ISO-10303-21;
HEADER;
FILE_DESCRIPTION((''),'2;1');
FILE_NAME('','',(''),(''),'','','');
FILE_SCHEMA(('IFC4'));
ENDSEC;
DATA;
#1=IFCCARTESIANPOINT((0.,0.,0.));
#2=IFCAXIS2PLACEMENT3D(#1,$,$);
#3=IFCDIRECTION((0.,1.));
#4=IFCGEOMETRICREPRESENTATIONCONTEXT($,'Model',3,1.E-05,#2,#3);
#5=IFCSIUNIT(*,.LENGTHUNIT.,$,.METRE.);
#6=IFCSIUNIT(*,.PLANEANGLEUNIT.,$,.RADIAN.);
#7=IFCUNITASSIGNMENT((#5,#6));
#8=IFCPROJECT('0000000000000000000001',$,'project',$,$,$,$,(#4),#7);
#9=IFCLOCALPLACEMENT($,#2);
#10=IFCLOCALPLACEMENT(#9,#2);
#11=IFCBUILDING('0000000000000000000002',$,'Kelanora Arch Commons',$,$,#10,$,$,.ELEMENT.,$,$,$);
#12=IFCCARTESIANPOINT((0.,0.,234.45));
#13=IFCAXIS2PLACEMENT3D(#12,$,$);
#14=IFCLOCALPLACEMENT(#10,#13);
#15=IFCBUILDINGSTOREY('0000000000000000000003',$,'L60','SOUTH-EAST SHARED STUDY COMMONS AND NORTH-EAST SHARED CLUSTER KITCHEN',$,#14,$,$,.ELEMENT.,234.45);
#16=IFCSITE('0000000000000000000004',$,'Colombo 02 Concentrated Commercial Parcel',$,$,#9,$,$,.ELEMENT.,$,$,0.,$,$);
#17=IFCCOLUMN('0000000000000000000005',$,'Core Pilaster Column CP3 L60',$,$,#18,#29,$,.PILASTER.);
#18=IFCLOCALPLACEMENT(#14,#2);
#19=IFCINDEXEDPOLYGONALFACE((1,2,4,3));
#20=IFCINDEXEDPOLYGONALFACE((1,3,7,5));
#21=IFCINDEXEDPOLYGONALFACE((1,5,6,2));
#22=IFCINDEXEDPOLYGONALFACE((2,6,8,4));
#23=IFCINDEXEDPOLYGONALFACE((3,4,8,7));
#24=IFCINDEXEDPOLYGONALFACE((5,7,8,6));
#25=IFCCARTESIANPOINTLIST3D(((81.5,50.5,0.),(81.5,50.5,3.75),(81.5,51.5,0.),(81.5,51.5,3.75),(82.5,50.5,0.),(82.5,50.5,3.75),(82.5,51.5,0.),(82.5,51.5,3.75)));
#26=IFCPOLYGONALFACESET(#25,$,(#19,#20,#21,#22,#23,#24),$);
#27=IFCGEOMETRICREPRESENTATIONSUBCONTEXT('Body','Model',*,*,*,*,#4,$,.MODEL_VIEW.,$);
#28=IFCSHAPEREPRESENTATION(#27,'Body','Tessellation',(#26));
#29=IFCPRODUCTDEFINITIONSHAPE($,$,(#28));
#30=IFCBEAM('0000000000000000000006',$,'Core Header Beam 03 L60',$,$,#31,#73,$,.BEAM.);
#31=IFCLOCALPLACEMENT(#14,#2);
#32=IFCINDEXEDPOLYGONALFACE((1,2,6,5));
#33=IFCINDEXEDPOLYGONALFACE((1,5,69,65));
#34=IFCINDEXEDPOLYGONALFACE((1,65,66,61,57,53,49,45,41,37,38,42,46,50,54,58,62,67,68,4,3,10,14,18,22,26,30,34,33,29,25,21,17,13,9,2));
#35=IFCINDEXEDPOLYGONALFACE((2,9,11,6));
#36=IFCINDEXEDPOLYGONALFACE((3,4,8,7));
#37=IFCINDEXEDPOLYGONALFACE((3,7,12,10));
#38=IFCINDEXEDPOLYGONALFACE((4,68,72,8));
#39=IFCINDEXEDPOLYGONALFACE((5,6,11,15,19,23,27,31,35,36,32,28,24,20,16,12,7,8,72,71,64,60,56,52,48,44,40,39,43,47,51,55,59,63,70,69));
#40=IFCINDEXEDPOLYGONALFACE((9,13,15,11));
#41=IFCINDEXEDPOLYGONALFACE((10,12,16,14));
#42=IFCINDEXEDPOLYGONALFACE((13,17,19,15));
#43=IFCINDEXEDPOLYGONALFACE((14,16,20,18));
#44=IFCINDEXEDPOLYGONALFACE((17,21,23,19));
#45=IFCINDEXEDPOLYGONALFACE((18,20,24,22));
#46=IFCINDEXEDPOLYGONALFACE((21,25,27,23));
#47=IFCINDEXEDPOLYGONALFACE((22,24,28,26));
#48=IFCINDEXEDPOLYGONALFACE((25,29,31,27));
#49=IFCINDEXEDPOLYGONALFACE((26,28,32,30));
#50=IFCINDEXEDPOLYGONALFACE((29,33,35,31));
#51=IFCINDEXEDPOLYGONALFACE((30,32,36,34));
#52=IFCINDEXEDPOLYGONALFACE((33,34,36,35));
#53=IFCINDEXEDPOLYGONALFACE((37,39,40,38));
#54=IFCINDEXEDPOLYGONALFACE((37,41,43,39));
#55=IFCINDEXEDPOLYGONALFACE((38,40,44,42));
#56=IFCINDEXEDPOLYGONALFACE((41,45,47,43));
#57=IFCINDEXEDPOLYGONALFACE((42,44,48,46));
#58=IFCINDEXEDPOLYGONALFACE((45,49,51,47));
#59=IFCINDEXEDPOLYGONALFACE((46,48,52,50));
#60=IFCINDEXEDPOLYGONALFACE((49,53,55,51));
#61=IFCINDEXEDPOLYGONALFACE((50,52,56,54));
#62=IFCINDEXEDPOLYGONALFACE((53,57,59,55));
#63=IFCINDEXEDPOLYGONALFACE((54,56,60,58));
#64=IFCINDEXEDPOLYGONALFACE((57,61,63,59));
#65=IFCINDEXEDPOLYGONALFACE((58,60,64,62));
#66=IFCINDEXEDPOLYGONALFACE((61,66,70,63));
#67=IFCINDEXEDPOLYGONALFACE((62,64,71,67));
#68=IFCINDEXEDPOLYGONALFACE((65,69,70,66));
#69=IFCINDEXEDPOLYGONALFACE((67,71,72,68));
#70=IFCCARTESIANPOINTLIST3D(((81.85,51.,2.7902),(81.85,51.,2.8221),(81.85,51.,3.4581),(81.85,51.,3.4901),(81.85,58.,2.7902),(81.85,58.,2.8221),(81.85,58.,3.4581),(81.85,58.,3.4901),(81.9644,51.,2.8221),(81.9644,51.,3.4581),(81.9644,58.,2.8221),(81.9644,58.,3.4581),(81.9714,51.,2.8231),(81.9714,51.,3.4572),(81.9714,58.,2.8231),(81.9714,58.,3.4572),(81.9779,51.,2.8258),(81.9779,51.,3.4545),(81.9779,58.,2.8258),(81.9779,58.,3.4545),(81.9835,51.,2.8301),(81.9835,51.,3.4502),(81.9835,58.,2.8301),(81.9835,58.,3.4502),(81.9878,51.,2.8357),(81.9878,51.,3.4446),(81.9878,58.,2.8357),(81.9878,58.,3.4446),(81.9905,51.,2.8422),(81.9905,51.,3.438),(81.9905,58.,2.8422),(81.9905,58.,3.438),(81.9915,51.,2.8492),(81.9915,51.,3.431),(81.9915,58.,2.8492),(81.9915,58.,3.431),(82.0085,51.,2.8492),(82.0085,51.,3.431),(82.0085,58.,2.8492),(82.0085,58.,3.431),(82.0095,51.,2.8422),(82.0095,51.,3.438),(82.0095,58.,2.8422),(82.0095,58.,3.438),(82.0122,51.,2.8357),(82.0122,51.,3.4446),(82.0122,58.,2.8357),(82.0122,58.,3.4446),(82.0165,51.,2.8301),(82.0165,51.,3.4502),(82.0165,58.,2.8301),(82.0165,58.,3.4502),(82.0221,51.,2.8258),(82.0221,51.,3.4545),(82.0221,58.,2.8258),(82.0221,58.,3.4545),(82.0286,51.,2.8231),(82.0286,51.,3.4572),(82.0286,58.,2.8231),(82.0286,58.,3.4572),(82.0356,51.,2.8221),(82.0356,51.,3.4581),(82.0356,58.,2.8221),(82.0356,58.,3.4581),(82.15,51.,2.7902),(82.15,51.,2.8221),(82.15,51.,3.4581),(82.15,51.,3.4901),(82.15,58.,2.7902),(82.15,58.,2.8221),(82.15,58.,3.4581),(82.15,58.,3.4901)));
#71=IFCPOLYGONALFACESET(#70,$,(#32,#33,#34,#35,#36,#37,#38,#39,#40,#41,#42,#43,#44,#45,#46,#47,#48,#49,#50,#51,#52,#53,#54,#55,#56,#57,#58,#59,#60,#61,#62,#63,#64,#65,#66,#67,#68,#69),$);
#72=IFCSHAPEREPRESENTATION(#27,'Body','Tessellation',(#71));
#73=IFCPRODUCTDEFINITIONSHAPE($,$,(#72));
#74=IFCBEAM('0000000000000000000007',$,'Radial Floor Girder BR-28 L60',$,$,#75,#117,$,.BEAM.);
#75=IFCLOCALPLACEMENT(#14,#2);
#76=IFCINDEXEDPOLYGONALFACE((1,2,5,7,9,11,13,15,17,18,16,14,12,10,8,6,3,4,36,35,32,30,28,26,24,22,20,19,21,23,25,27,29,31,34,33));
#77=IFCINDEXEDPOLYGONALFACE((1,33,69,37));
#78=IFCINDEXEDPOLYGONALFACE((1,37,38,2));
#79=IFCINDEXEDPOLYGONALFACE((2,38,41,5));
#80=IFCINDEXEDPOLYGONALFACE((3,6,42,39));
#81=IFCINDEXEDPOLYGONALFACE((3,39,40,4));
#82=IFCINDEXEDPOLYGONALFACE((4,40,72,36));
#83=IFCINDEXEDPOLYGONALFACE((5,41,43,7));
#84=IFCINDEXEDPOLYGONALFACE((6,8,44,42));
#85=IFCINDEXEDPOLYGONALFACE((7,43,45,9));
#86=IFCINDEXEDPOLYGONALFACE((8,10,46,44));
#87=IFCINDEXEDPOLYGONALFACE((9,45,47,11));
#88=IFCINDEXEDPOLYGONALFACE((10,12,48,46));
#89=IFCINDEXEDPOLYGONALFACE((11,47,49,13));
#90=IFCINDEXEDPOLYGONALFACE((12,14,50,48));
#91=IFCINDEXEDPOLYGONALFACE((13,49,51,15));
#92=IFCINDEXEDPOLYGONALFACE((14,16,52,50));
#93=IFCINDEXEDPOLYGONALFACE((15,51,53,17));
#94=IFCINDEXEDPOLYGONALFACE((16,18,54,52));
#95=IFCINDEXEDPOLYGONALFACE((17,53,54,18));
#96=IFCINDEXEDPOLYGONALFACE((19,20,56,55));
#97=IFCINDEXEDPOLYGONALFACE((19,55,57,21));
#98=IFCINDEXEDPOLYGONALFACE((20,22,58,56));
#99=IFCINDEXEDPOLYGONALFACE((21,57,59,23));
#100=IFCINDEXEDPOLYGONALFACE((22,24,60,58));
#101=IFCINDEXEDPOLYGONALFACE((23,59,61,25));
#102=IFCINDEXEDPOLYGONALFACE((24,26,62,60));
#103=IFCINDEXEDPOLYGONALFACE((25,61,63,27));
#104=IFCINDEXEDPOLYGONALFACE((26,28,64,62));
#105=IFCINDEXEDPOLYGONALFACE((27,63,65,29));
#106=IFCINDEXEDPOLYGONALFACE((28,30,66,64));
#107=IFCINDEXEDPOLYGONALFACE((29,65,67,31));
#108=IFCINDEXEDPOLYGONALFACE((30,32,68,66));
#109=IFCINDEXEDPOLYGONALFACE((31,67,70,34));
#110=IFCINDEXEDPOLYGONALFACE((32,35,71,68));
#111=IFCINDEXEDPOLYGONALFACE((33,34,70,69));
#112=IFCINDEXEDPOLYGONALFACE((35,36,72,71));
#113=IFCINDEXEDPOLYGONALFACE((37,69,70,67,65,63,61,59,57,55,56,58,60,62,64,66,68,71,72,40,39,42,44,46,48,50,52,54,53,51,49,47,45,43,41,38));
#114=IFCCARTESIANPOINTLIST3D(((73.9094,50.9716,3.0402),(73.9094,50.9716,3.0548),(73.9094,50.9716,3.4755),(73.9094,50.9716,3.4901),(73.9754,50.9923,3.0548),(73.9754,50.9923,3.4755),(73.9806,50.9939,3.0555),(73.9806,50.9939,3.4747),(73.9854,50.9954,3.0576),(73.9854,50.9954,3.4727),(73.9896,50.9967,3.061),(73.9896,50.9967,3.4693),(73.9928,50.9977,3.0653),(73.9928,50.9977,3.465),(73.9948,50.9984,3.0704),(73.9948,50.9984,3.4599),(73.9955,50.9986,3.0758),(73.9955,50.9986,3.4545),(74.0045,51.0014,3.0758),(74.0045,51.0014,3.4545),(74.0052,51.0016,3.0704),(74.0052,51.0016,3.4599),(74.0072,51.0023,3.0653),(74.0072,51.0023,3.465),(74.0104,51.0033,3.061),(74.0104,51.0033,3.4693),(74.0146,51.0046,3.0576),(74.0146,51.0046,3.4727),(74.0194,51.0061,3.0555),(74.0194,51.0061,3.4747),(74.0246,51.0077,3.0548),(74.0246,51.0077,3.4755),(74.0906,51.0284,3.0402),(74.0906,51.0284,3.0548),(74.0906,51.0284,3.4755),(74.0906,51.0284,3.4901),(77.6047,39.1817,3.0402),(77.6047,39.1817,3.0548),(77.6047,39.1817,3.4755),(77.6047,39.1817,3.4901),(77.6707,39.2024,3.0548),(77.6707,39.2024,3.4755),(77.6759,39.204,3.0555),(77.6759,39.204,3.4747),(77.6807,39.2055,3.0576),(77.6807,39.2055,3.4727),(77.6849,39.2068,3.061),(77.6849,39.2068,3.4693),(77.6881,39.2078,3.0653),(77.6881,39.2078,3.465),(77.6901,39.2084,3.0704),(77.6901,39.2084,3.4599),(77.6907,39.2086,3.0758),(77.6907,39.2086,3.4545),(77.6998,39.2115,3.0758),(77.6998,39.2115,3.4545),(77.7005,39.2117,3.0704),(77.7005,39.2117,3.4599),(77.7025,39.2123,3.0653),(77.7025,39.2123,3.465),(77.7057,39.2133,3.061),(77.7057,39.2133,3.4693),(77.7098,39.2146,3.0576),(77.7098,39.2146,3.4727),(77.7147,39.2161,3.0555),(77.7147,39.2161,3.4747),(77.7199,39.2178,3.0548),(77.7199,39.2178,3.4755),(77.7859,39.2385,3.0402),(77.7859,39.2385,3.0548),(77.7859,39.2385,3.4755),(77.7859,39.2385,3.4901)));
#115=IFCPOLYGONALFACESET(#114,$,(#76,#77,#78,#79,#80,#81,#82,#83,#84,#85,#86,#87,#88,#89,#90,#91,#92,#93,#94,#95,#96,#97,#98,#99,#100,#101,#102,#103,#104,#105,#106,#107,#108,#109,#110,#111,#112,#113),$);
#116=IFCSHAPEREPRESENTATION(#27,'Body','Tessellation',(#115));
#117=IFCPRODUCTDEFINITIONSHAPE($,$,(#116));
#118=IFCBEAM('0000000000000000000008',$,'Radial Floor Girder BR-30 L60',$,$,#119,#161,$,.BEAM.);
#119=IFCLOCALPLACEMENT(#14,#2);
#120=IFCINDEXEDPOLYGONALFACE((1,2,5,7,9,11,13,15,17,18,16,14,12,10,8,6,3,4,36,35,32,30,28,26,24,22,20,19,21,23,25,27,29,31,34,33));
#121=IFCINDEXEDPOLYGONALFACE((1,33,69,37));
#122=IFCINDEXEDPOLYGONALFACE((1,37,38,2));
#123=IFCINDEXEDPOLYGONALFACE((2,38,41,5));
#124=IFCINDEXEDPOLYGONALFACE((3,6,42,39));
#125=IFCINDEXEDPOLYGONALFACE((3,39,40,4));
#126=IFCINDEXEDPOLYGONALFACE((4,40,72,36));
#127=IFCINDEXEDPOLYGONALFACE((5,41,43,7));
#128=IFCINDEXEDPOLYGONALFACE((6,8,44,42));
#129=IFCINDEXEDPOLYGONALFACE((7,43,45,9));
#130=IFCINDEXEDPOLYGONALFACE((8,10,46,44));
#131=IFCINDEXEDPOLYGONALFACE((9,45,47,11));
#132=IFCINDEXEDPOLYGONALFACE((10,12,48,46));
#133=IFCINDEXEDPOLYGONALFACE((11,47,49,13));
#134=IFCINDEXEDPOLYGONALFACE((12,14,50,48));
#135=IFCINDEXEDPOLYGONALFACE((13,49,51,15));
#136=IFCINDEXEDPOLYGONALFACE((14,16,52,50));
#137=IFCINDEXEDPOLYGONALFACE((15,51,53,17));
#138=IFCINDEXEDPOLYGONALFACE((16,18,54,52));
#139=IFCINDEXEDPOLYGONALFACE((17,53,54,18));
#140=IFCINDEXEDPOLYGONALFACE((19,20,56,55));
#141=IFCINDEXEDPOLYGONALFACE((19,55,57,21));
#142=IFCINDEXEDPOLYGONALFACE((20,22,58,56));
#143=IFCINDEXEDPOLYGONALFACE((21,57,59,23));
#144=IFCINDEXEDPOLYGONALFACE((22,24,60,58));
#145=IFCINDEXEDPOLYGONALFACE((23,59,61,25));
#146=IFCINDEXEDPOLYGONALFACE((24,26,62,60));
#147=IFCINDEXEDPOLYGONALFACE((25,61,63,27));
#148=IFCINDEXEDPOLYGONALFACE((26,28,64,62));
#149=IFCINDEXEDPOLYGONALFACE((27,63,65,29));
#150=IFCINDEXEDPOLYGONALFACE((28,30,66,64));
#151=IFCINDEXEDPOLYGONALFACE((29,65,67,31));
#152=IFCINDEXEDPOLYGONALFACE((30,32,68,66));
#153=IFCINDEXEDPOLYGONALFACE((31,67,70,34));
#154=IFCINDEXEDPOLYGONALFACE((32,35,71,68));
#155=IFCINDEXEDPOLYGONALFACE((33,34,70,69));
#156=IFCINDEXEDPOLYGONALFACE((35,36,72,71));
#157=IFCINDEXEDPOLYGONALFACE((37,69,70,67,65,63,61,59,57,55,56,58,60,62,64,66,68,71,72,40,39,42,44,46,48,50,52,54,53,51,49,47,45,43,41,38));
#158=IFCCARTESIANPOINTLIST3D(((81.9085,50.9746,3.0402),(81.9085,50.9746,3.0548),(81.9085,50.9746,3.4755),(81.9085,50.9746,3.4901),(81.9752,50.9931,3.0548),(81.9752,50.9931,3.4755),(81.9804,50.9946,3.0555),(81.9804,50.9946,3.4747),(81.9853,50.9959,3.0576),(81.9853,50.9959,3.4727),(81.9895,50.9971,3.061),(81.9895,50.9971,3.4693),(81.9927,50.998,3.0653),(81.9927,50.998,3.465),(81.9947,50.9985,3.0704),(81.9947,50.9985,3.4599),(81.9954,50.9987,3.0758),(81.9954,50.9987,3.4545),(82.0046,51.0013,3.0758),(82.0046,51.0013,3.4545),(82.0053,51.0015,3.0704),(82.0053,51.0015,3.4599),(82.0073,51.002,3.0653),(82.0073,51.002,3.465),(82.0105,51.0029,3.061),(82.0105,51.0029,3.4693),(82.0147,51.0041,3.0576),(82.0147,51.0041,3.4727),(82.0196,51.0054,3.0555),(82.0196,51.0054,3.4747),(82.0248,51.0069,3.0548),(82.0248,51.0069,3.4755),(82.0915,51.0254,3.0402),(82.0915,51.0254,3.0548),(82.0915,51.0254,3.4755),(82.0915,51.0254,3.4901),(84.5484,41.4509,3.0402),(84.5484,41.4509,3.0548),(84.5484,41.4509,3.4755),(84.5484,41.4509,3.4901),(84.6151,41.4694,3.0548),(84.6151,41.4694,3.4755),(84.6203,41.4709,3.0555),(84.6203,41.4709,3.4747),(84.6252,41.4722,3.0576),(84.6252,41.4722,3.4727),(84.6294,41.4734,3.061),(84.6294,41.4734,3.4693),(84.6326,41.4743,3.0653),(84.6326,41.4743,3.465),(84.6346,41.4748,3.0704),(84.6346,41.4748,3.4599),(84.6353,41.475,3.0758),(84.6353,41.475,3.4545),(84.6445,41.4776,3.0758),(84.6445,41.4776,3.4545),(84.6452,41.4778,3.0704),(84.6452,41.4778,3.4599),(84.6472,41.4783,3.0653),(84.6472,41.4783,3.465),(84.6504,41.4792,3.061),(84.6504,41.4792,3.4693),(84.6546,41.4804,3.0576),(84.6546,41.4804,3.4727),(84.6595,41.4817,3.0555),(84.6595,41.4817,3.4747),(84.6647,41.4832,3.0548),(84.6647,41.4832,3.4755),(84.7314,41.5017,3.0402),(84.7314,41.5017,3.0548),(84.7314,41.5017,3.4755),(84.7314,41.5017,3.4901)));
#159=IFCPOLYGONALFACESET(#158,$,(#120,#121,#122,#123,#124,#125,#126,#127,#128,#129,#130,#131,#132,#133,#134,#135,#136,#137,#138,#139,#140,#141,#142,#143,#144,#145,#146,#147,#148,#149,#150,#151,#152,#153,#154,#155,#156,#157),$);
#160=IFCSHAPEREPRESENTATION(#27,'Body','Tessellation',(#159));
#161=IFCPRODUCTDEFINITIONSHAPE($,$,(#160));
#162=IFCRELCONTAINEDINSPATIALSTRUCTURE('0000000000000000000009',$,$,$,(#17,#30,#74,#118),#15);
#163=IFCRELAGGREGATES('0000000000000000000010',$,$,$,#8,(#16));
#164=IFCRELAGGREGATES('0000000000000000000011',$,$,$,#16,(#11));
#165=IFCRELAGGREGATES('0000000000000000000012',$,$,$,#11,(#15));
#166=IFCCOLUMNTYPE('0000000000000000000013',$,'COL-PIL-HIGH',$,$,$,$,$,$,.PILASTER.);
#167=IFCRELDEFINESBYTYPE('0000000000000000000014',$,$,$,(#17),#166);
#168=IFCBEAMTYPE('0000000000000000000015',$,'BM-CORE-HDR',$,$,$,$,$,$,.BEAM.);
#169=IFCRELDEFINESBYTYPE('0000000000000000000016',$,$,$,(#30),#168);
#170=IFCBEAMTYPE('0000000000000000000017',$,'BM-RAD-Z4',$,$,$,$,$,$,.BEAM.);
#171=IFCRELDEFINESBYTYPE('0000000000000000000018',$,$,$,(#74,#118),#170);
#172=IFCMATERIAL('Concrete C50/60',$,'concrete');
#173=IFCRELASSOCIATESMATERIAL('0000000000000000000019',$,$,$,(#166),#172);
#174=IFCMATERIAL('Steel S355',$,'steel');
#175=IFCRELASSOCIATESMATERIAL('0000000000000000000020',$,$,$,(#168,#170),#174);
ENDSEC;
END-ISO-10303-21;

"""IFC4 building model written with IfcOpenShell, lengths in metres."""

from ifc_helpers import new_model, si_unit, direction, frame, origin, origin_2d, place, context, subcontext, project, spatial, rectangle, i_section, extrude, material, material_profile, profile_set, type_object, element, save


model = new_model("IFC4")

# Units and contexts
model_context = context("Model", 3, precision=1e-05, world=origin(), true_north=direction((0.0, 1.0)))
body_context = subcontext(model_context, "Body", "Model", "MODEL_VIEW")
ifc_project = project(units=[si_unit("LENGTHUNIT", "METRE"), si_unit("PLANEANGLEUNIT", "RADIAN")], contexts=[model_context])

# Site, building, storey
site_placement = place(None, origin())
site = spatial("IfcSite", under=ifc_project, at=site_placement, Name="Colombo 02 Concentrated Commercial Parcel", CompositionType="ELEMENT", RefElevation=0.0)
building_placement = place(site_placement, origin())
building = spatial("IfcBuilding", under=site, at=building_placement, Name="Kelanora Arch Commons", CompositionType="ELEMENT")
storey_placement = place(building_placement, frame((0.0, 0.0, 234.45)))
storey = spatial("IfcBuildingStorey", under=building, at=storey_placement, Name="L60", Description="SOUTH-EAST SHARED STUDY COMMONS AND NORTH-EAST SHARED CLUSTER KITCHEN", CompositionType="ELEMENT", Elevation=234.45)

# Column
ifc_material_1 = material(Name="Concrete C50/60", Category="concrete")
ifc_material_profile_1 = material_profile(ifc_material_1, rectangle(XDim=1.0, YDim=1.0, at=origin_2d()), Name="RC1000x1000")
ifc_profile_set_1 = profile_set([ifc_material_profile_1], Name="Concrete C50/60")
column_type = type_object("IfcColumnType", Name="COL-PIL-HIGH", PredefinedType="PILASTER", material=ifc_profile_set_1)
column_placement = place(storey_placement, frame((82.0, 51.0, 0.0), z_axis=(0.0, 0.0, 1.0), x_axis=(1.0, 0.0, 0.0)))
element("IfcColumn", 1, at=column_placement, inside=storey, type_object=column_type, Name="Core Pilaster Column CP3 L60", PredefinedType="PILASTER", context=body_context, shape_type="SweptSolid", body=[
    extrude(rectangle(XDim=1.0, YDim=1.0, at=origin_2d()), origin(), (0.0, 0.0, 1.0), 3.75),
])

# Beams
ifc_material_2 = material(Name="Steel S355", Category="steel")
ifc_material_profile_2 = material_profile(ifc_material_2, i_section(OverallWidth=0.3, OverallDepth=0.7, WebThickness=0.0171, FlangeThickness=0.032, FilletRadius=0.0271, at=origin_2d()), Name="HEB700")
ifc_profile_set_2 = profile_set([ifc_material_profile_2], Name="Steel S355")
beam_type_1 = type_object("IfcBeamType", Name="BM-CORE-HDR", PredefinedType="BEAM", material=ifc_profile_set_2)
beam_1_placement = place(storey_placement, frame((82.0, 51.0, 3.1401), z_axis=(0.0, 1.0, 0.0), x_axis=(-1.0, 0.0, 0.0)))
element("IfcBeam", 2, at=beam_1_placement, inside=storey, type_object=beam_type_1, Name="Core Header Beam 03 L60", PredefinedType="BEAM", context=body_context, shape_type="SweptSolid", body=[
    extrude(i_section(OverallWidth=0.3, OverallDepth=0.7, WebThickness=0.0171, FlangeThickness=0.032, FilletRadius=0.0271, at=origin_2d()), origin(), (0.0, 0.0, 1.0), 7.0),
])
ifc_material_profile_3 = material_profile(ifc_material_2, i_section(OverallWidth=0.1899, OverallDepth=0.45, WebThickness=0.0095, FlangeThickness=0.0146, FilletRadius=0.021, at=origin_2d()), Name="IPE450")
ifc_profile_set_3 = profile_set([ifc_material_profile_3], Name="Steel S355")
beam_type_2 = type_object("IfcBeamType", Name="BM-RAD-Z4", PredefinedType="BEAM", material=ifc_profile_set_3)
beam_2_placement = place(storey_placement, frame((74.0, 51.0, 3.2651), z_axis=(0.29908, -0.954228, 0.0), x_axis=(0.954228, 0.29908, 0.0)))
element("IfcBeam", 3, at=beam_2_placement, inside=storey, type_object=beam_type_2, Name="Radial Floor Girder BR-28 L60", PredefinedType="BEAM", context=body_context, shape_type="SweptSolid", body=[
    extrude(i_section(OverallWidth=0.1899, OverallDepth=0.45, WebThickness=0.0095, FlangeThickness=0.0146, FilletRadius=0.021, at=origin_2d()), origin(), (0.0, 0.0, 1.0), 12.3555),
])
beam_3_placement = place(storey_placement, frame((82.0, 51.0, 3.2651), z_axis=(0.26712, -0.963663, 0.0), x_axis=(0.963663, 0.26712, 0.0)))
element("IfcBeam", 4, at=beam_3_placement, inside=storey, type_object=beam_type_2, Name="Radial Floor Girder BR-30 L60", PredefinedType="BEAM", context=body_context, shape_type="SweptSolid", body=[
    extrude(i_section(OverallWidth=0.1899, OverallDepth=0.45, WebThickness=0.0095, FlangeThickness=0.0146, FilletRadius=0.021, at=origin_2d()), origin(), (0.0, 0.0, 1.0), 9.8828),
])

save(model, "model.ifc")
